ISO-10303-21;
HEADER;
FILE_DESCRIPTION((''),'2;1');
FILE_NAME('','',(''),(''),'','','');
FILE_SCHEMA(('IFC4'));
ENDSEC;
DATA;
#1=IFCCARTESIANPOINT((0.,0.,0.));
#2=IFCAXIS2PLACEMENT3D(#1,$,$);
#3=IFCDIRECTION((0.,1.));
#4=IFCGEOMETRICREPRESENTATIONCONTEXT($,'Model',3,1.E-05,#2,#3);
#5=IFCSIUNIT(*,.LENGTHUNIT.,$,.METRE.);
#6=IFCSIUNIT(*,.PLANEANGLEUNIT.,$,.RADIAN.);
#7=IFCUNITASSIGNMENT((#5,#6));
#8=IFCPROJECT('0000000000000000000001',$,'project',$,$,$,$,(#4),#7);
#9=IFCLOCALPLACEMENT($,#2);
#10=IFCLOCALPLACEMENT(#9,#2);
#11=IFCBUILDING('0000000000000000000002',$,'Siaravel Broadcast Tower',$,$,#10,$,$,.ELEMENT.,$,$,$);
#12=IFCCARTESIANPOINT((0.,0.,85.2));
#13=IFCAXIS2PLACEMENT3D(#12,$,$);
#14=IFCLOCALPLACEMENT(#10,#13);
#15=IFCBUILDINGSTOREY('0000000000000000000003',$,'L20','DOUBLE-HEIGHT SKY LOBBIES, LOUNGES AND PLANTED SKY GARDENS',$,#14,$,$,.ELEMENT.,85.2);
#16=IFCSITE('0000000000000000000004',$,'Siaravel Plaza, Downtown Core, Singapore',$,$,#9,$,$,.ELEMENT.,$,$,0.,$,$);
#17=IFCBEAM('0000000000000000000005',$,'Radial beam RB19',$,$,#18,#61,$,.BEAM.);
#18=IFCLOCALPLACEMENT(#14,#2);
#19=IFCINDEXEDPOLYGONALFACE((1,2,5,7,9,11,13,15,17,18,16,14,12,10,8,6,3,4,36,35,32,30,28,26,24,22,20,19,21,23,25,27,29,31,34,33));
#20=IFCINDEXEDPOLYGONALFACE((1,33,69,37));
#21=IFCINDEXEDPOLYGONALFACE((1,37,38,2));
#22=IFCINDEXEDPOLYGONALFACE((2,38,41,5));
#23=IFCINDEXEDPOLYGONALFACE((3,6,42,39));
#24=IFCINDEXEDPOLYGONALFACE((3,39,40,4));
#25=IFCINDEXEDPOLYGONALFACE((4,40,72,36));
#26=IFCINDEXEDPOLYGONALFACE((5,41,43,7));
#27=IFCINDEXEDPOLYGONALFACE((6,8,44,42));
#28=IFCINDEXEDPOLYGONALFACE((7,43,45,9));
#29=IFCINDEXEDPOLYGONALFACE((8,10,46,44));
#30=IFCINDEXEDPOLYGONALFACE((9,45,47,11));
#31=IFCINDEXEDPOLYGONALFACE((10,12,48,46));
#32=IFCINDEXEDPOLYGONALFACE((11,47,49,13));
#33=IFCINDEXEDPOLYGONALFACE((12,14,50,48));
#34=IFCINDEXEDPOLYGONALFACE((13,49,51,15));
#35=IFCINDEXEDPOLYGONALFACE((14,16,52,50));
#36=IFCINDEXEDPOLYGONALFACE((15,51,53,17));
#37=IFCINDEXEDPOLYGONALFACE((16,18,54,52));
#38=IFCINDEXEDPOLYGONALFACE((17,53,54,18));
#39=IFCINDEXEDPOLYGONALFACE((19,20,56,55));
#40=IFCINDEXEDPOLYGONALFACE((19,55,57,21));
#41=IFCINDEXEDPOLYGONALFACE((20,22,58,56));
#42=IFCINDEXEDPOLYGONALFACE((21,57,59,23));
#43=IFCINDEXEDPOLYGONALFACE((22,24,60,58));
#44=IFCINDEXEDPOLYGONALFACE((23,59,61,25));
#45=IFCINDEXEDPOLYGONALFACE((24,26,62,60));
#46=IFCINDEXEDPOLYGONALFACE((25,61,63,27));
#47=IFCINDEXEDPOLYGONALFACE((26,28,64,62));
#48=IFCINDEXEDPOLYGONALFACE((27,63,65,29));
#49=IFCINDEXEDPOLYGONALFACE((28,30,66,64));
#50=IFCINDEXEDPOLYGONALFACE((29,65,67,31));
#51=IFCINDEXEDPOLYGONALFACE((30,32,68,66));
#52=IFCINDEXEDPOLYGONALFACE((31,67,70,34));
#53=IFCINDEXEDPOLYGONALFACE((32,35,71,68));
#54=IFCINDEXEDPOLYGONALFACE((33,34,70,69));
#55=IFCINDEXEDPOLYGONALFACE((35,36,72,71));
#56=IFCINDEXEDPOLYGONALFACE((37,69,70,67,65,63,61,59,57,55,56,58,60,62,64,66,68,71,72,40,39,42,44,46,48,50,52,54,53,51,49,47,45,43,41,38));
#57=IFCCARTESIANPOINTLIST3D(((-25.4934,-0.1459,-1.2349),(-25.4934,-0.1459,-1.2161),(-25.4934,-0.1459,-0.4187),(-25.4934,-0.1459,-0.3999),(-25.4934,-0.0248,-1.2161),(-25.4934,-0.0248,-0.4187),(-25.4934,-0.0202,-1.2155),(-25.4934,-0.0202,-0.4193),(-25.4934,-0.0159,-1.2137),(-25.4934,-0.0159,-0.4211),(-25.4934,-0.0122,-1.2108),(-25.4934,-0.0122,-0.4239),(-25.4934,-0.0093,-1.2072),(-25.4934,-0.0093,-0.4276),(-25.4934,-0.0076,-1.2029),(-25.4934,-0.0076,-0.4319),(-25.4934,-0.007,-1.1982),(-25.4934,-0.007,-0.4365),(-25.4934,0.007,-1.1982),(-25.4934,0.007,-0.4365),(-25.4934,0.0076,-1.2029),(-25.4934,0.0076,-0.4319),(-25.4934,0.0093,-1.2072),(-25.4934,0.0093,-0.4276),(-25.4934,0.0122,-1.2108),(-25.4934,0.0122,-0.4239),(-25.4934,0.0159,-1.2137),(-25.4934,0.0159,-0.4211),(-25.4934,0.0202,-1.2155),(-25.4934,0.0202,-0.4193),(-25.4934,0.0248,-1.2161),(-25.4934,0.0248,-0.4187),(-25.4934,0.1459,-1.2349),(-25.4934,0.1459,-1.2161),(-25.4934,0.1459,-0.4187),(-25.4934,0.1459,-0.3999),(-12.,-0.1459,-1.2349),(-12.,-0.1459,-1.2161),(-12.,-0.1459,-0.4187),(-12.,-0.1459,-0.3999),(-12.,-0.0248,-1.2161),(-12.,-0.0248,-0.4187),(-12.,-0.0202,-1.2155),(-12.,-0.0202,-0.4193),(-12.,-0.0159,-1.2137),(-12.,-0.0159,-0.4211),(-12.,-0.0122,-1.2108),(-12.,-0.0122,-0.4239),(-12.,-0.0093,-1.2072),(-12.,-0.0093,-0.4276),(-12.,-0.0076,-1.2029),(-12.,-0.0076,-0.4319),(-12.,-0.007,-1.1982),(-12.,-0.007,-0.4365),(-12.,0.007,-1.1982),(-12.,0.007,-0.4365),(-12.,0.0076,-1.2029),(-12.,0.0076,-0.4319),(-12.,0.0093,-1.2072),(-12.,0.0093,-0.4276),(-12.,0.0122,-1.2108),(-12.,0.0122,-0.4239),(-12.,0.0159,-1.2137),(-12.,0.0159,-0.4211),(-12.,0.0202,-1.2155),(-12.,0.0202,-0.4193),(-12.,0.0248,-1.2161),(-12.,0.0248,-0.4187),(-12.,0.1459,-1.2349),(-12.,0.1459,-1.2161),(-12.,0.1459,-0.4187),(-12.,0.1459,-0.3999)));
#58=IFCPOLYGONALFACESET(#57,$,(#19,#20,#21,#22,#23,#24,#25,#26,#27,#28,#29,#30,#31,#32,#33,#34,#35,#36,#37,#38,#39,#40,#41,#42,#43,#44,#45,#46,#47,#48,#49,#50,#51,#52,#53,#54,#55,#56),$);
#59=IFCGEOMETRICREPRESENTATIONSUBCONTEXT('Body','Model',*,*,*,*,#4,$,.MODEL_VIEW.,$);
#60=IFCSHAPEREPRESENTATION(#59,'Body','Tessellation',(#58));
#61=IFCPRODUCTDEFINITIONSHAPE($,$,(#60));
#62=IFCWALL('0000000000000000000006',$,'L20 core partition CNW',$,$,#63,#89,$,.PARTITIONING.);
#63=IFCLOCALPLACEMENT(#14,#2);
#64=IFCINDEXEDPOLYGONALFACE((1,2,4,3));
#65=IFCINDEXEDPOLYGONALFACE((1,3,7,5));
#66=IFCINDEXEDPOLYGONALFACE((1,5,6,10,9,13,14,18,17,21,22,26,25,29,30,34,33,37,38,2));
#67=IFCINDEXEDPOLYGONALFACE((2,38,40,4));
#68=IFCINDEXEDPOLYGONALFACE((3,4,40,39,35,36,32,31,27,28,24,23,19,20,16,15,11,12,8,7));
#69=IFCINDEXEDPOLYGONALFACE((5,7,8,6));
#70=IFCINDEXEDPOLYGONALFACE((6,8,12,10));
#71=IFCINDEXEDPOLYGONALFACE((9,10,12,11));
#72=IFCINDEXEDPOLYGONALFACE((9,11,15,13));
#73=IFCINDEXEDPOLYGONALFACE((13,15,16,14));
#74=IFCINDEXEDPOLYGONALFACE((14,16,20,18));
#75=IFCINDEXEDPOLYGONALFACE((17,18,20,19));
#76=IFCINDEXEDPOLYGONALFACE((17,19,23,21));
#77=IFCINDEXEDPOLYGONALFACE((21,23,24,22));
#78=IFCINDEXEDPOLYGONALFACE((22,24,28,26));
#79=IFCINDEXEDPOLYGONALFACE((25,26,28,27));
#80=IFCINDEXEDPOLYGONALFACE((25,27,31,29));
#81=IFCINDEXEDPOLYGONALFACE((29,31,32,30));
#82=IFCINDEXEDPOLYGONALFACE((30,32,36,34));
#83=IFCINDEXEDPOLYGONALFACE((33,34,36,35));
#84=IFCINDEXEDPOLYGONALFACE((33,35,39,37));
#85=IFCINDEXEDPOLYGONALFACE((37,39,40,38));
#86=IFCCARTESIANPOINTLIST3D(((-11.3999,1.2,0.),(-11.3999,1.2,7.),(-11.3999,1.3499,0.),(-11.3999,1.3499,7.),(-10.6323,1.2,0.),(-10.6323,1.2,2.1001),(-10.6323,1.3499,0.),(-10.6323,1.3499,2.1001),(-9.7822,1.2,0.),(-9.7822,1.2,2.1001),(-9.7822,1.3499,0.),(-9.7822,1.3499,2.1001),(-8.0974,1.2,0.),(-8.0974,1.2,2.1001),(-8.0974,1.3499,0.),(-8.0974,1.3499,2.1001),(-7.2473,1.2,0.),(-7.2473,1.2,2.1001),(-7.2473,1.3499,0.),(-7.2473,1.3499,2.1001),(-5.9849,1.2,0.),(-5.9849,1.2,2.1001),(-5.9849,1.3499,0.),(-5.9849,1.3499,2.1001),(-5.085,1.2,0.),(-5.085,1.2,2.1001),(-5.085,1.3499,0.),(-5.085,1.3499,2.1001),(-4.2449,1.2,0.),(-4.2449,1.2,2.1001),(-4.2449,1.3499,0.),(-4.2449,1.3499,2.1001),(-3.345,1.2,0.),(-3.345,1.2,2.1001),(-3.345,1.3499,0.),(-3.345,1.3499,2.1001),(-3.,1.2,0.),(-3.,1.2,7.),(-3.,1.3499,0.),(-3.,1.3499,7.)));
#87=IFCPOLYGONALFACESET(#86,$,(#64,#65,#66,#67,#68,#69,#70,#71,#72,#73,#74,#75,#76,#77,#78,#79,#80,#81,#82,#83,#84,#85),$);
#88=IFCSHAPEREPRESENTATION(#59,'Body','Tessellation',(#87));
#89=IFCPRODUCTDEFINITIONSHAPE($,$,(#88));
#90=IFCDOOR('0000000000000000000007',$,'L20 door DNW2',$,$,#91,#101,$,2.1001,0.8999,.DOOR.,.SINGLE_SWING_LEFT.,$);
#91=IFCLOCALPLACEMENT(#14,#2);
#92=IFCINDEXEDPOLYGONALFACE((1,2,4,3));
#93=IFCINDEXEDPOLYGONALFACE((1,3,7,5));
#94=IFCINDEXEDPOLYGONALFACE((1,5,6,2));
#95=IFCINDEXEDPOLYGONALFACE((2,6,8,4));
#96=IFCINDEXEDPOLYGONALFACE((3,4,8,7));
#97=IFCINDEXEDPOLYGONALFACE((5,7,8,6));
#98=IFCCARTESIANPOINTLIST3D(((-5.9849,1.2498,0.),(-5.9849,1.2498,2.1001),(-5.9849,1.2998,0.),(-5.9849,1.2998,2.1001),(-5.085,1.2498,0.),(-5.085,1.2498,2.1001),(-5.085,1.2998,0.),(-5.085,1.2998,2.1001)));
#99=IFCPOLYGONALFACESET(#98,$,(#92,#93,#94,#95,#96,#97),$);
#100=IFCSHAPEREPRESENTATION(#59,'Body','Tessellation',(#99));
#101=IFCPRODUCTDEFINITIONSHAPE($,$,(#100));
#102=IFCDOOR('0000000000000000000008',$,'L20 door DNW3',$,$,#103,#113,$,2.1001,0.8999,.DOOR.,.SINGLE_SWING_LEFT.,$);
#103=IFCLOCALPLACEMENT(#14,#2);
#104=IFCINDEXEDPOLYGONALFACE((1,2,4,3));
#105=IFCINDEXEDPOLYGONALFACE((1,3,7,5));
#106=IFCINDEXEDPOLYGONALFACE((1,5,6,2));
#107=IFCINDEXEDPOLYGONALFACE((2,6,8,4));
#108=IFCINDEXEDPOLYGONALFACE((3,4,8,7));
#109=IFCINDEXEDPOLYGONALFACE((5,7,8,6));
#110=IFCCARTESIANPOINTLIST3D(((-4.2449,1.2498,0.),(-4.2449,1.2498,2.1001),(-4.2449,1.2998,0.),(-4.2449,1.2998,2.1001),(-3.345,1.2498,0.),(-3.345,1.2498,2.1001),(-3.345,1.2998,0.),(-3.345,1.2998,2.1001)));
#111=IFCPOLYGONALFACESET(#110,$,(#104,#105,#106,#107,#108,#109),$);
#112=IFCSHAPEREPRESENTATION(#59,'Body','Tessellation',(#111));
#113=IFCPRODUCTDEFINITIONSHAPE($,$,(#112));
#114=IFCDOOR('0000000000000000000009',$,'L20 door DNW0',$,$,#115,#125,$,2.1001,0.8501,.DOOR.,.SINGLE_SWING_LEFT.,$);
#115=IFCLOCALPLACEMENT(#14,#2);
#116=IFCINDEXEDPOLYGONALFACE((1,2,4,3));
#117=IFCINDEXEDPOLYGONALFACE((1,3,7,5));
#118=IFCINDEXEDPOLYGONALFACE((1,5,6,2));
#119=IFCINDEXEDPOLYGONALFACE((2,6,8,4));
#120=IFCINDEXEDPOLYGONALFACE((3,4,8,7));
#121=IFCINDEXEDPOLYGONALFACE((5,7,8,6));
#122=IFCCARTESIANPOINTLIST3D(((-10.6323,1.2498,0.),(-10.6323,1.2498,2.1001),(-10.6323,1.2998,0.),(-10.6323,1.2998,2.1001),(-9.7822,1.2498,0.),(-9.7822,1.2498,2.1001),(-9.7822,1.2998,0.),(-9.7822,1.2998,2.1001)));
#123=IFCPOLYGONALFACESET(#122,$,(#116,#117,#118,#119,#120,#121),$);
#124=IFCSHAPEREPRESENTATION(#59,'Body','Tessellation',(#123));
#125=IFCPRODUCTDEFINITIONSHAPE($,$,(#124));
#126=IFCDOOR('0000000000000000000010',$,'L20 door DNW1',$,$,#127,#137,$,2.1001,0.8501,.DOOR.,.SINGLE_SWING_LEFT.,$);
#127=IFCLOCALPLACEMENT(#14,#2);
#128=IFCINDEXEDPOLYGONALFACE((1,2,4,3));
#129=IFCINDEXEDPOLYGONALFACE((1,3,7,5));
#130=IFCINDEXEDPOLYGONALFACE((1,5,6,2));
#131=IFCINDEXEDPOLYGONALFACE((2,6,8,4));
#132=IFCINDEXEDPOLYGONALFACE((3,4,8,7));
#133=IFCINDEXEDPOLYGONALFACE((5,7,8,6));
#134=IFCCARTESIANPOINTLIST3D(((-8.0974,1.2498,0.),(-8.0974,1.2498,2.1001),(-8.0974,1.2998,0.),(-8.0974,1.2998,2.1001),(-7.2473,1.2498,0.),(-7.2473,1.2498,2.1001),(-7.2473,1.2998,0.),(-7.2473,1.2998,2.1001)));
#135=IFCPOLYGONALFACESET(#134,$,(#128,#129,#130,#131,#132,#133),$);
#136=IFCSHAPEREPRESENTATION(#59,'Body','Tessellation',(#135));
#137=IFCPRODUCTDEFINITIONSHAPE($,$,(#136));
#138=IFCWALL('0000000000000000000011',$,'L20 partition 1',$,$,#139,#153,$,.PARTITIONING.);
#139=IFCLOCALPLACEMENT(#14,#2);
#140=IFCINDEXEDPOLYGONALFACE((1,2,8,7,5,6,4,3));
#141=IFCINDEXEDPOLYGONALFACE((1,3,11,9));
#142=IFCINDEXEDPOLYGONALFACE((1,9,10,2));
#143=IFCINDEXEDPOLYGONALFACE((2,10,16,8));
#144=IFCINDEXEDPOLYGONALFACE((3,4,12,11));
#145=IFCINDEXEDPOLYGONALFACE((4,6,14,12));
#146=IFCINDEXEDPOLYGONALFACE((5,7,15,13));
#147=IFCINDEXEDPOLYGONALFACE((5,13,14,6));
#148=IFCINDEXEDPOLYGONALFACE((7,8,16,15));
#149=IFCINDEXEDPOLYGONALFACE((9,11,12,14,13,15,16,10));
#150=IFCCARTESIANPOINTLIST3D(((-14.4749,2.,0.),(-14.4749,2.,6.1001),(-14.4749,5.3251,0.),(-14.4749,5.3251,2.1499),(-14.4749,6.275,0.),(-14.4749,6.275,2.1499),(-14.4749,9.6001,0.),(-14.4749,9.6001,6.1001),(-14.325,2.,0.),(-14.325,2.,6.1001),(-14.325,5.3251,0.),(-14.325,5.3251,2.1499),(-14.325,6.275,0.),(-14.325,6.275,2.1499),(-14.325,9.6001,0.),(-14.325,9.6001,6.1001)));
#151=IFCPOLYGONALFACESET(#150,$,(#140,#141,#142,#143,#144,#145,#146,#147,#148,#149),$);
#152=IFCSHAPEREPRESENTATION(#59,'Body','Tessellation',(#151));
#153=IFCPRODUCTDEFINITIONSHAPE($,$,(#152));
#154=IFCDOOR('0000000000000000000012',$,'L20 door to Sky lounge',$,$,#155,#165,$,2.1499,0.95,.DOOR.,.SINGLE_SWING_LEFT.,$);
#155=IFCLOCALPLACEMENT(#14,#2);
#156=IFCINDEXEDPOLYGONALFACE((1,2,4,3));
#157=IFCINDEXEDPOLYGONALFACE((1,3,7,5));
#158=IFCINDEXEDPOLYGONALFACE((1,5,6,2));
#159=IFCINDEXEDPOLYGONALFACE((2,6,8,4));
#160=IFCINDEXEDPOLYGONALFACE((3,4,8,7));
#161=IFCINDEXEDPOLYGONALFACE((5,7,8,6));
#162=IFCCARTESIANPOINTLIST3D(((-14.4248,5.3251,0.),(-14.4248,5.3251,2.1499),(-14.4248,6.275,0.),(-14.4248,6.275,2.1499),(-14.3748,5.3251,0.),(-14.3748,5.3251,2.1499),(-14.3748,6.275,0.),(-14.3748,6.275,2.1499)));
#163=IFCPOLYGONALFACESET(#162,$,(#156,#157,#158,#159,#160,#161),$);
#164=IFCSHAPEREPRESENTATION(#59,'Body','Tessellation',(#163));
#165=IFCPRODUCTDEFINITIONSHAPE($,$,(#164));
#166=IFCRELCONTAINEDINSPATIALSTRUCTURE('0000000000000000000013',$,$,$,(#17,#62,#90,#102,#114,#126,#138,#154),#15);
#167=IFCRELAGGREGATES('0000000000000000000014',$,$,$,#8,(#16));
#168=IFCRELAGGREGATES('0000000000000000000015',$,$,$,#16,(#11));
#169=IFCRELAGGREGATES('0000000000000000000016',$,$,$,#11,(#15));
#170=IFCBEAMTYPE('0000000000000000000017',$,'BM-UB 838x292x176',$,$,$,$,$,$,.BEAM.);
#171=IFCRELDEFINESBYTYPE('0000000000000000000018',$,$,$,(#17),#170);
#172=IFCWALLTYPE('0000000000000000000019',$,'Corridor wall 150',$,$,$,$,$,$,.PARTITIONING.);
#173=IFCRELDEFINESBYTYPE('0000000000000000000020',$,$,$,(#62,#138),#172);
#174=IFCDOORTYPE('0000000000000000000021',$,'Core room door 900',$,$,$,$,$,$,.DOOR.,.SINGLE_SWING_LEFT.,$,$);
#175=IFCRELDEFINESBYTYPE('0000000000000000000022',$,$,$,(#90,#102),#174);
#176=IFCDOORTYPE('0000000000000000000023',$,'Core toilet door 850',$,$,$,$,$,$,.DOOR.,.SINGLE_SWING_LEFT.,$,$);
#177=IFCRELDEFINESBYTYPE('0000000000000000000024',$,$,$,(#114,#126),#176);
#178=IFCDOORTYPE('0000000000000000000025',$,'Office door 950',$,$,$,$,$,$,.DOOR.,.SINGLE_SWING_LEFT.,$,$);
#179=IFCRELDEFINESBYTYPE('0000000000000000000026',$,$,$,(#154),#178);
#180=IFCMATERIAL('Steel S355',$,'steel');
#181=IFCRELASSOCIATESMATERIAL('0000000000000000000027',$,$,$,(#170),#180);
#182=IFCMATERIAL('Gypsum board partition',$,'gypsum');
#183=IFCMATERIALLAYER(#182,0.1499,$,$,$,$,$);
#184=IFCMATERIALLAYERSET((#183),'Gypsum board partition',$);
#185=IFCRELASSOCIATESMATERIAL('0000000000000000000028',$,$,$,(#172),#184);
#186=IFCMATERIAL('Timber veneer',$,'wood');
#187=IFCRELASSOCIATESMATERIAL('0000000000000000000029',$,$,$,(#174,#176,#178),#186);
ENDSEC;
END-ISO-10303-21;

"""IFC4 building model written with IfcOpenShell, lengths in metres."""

from ifc_helpers import new_model, si_unit, direction, frame, frame_2d, origin, origin_2d, place, context, subcontext, project, spatial, rectangle, i_section, extrude, material, layer, layer_set, material_profile, profile_set, type_object, element, fill, save


model = new_model("IFC4")

# Units and contexts
model_context = context("Model", 3, precision=1e-05, world=origin(), true_north=direction((0.0, 1.0)))
body_context = subcontext(model_context, "Body", "Model", "MODEL_VIEW")
ifc_project = project(units=[si_unit("LENGTHUNIT", "METRE"), si_unit("PLANEANGLEUNIT", "RADIAN")], contexts=[model_context])

# Site, building, storey
site_placement = place(None, origin())
site = spatial("IfcSite", under=ifc_project, at=site_placement, Name="Siaravel Plaza, Downtown Core, Singapore", CompositionType="ELEMENT", RefElevation=0.0)
building_placement = place(site_placement, origin())
building = spatial("IfcBuilding", under=site, at=building_placement, Name="Siaravel Broadcast Tower", CompositionType="ELEMENT")
storey_placement = place(building_placement, frame((0.0, 0.0, 85.2)))
storey = spatial("IfcBuildingStorey", under=building, at=storey_placement, Name="L20", Description="DOUBLE-HEIGHT SKY LOBBIES, LOUNGES AND PLANTED SKY GARDENS", CompositionType="ELEMENT", Elevation=85.2)

# Beam
ifc_material_1 = material(Name="Steel S355", Category="steel")
ifc_material_profile_1 = material_profile(ifc_material_1, i_section(OverallWidth=0.2917, OverallDepth=0.835, WebThickness=0.0139, FlangeThickness=0.0188, FilletRadius=0.0178, at=origin_2d()))
ifc_profile_set_1 = profile_set([ifc_material_profile_1], Name="Steel S355")
beam_type = type_object("IfcBeamType", Name="BM-UB 838x292x176", PredefinedType="BEAM", material=ifc_profile_set_1)
beam_1_placement = place(storey_placement, frame((-25.4934, 0.0, -0.8174), z_axis=(1.0, 0.0, 0.0), x_axis=(0.0, 1.0, 0.0)))
element("IfcBeam", 1, at=beam_1_placement, inside=storey, type_object=beam_type, Name="Radial beam RB19", PredefinedType="BEAM", context=body_context, shape_type="SweptSolid", body=[
    extrude(i_section(OverallWidth=0.2917, OverallDepth=0.835, WebThickness=0.0139, FlangeThickness=0.0188, FilletRadius=0.0178, at=origin_2d()), origin(), (0.0, 0.0, 1.0), 13.4934),
])

# Wall, openings, doors
ifc_material_2 = material(Name="Gypsum board partition", Category="gypsum")
ifc_layer_1 = layer(ifc_material_2, 0.1499)
ifc_layer_set_1 = layer_set([ifc_layer_1], Name="Gypsum board partition")
wall_type_1 = type_object("IfcWallType", Name="Corridor wall 150", PredefinedType="PARTITIONING", material=ifc_layer_set_1)
wall_1_placement = place(storey_placement, frame((-11.3999, 1.2749, 0.0), z_axis=(0.0, 0.0, 1.0), x_axis=(1.0, 0.0, 0.0)))
wall_1 = element("IfcWall", 2, at=wall_1_placement, inside=storey, type_object=wall_type_1, Name="L20 core partition CNW", PredefinedType="PARTITIONING", context=body_context, shape_type="SweptSolid", body=[
    extrude(rectangle(XDim=8.3999, YDim=0.1499, at=frame_2d((4.2, 0.0))), origin(), (0.0, 0.0, 1.0), 7.0),
])
opening_1_placement = place(wall_1_placement, frame((0.7676, 0.0, 0.0)))
opening_1 = element("IfcOpeningElement", 3, at=opening_1_placement, cuts=wall_1, PredefinedType="OPENING", context=body_context, shape_type="SweptSolid", body=[
    extrude(rectangle(XDim=0.8501, YDim=2.1001, at=frame_2d((0.425, 1.05))), frame((0.0, 0.085, 0.0), z_axis=(0.0, -1.0, 0.0), x_axis=(1.0, 0.0, 0.0)), (0.0, 0.0, 1.0), 0.1699),
])
opening_2_placement = place(wall_1_placement, frame((3.3025, 0.0, 0.0)))
opening_2 = element("IfcOpeningElement", 4, at=opening_2_placement, cuts=wall_1, PredefinedType="OPENING", context=body_context, shape_type="SweptSolid", body=[
    extrude(rectangle(XDim=0.8501, YDim=2.1001, at=frame_2d((0.425, 1.05))), frame((0.0, 0.085, 0.0), z_axis=(0.0, -1.0, 0.0), x_axis=(1.0, 0.0, 0.0)), (0.0, 0.0, 1.0), 0.1699),
])
opening_3_placement = place(wall_1_placement, frame((5.415, 0.0, 0.0)))
opening_3 = element("IfcOpeningElement", 5, at=opening_3_placement, cuts=wall_1, PredefinedType="OPENING", context=body_context, shape_type="SweptSolid", body=[
    extrude(rectangle(XDim=0.8999, YDim=2.1001, at=frame_2d((0.45, 1.05))), frame((0.0, 0.085, 0.0), z_axis=(0.0, -1.0, 0.0), x_axis=(1.0, 0.0, 0.0)), (0.0, 0.0, 1.0), 0.1699),
])
opening_4_placement = place(wall_1_placement, frame((7.155, 0.0, 0.0)))
opening_4 = element("IfcOpeningElement", 6, at=opening_4_placement, cuts=wall_1, PredefinedType="OPENING", context=body_context, shape_type="SweptSolid", body=[
    extrude(rectangle(XDim=0.8999, YDim=2.1001, at=frame_2d((0.45, 1.05))), frame((0.0, 0.085, 0.0), z_axis=(0.0, -1.0, 0.0), x_axis=(1.0, 0.0, 0.0)), (0.0, 0.0, 1.0), 0.1699),
])
ifc_material_3 = material(Name="Timber veneer", Category="wood")
door_type_1 = type_object("IfcDoorType", Name="Core room door 900", OperationType="SINGLE_SWING_LEFT", PredefinedType="DOOR", material=ifc_material_3)
door_1_placement = place(opening_3_placement, origin())
door_1 = element("IfcDoor", 7, at=door_1_placement, inside=storey, type_object=door_type_1, Name="L20 door DNW2", OperationType="SINGLE_SWING_LEFT", OverallHeight=2.1001, OverallWidth=0.8999, PredefinedType="DOOR", context=body_context, shape_type="SweptSolid", body=[
    extrude(rectangle(XDim=0.8999, YDim=2.1001, at=frame_2d((0.45, 1.05))), frame((0.0, 0.0249, 0.0), z_axis=(0.0, -1.0, 0.0), x_axis=(1.0, 0.0, 0.0)), (0.0, 0.0, 1.0), 0.05),
])
fill(opening_3, door_1)
door_2_placement = place(opening_4_placement, origin())
door_2 = element("IfcDoor", 8, at=door_2_placement, inside=storey, type_object=door_type_1, Name="L20 door DNW3", OperationType="SINGLE_SWING_LEFT", OverallHeight=2.1001, OverallWidth=0.8999, PredefinedType="DOOR", context=body_context, shape_type="SweptSolid", body=[
    extrude(rectangle(XDim=0.8999, YDim=2.1001, at=frame_2d((0.45, 1.05))), frame((0.0, 0.0249, 0.0), z_axis=(0.0, -1.0, 0.0), x_axis=(1.0, 0.0, 0.0)), (0.0, 0.0, 1.0), 0.05),
])
fill(opening_4, door_2)
door_type_2 = type_object("IfcDoorType", Name="Core toilet door 850", OperationType="SINGLE_SWING_LEFT", PredefinedType="DOOR", material=ifc_material_3)
door_3_placement = place(opening_1_placement, origin())
door_3 = element("IfcDoor", 9, at=door_3_placement, inside=storey, type_object=door_type_2, Name="L20 door DNW0", OperationType="SINGLE_SWING_LEFT", OverallHeight=2.1001, OverallWidth=0.8501, PredefinedType="DOOR", context=body_context, shape_type="SweptSolid", body=[
    extrude(rectangle(XDim=0.8501, YDim=2.1001, at=frame_2d((0.425, 1.05))), frame((0.0, 0.0249, 0.0), z_axis=(0.0, -1.0, 0.0), x_axis=(1.0, 0.0, 0.0)), (0.0, 0.0, 1.0), 0.05),
])
fill(opening_1, door_3)
door_4_placement = place(opening_2_placement, origin())
door_4 = element("IfcDoor", 10, at=door_4_placement, inside=storey, type_object=door_type_2, Name="L20 door DNW1", OperationType="SINGLE_SWING_LEFT", OverallHeight=2.1001, OverallWidth=0.8501, PredefinedType="DOOR", context=body_context, shape_type="SweptSolid", body=[
    extrude(rectangle(XDim=0.8501, YDim=2.1001, at=frame_2d((0.425, 1.05))), frame((0.0, 0.0249, 0.0), z_axis=(0.0, -1.0, 0.0), x_axis=(1.0, 0.0, 0.0)), (0.0, 0.0, 1.0), 0.05),
])
fill(opening_2, door_4)

# Wall, opening, door
wall_2_placement = place(storey_placement, frame((-14.3999, 2.0, 0.0), z_axis=(0.0, 0.0, 1.0), x_axis=(0.0, 1.0, 0.0)))
wall_2 = element("IfcWall", 11, at=wall_2_placement, inside=storey, type_object=wall_type_1, Name="L20 partition 1", PredefinedType="PARTITIONING", context=body_context, shape_type="SweptSolid", body=[
    extrude(rectangle(XDim=7.6001, YDim=0.1499, at=frame_2d((3.8, 0.0))), origin(), (0.0, 0.0, 1.0), 6.1001),
])
opening_5_placement = place(wall_2_placement, frame((3.325, 0.0, 0.0)))
opening_5 = element("IfcOpeningElement", 12, at=opening_5_placement, cuts=wall_2, PredefinedType="OPENING", context=body_context, shape_type="SweptSolid", body=[
    extrude(rectangle(XDim=0.95, YDim=2.1499, at=frame_2d((0.4751, 1.075))), frame((0.0, 0.085, 0.0), z_axis=(0.0, -1.0, 0.0), x_axis=(1.0, 0.0, 0.0)), (0.0, 0.0, 1.0), 0.1699),
])
door_type_3 = type_object("IfcDoorType", Name="Office door 950", OperationType="SINGLE_SWING_LEFT", PredefinedType="DOOR", material=ifc_material_3)
door_5_placement = place(opening_5_placement, origin())
door_5 = element("IfcDoor", 13, at=door_5_placement, inside=storey, type_object=door_type_3, Name="L20 door to Sky lounge", OperationType="SINGLE_SWING_LEFT", OverallHeight=2.1499, OverallWidth=0.95, PredefinedType="DOOR", context=body_context, shape_type="SweptSolid", body=[
    extrude(rectangle(XDim=0.95, YDim=2.1499, at=frame_2d((0.4751, 1.075))), frame((0.0, 0.0249, 0.0), z_axis=(0.0, -1.0, 0.0), x_axis=(1.0, 0.0, 0.0)), (0.0, 0.0, 1.0), 0.05),
])
fill(opening_5, door_5)

save(model, "model.ifc")
